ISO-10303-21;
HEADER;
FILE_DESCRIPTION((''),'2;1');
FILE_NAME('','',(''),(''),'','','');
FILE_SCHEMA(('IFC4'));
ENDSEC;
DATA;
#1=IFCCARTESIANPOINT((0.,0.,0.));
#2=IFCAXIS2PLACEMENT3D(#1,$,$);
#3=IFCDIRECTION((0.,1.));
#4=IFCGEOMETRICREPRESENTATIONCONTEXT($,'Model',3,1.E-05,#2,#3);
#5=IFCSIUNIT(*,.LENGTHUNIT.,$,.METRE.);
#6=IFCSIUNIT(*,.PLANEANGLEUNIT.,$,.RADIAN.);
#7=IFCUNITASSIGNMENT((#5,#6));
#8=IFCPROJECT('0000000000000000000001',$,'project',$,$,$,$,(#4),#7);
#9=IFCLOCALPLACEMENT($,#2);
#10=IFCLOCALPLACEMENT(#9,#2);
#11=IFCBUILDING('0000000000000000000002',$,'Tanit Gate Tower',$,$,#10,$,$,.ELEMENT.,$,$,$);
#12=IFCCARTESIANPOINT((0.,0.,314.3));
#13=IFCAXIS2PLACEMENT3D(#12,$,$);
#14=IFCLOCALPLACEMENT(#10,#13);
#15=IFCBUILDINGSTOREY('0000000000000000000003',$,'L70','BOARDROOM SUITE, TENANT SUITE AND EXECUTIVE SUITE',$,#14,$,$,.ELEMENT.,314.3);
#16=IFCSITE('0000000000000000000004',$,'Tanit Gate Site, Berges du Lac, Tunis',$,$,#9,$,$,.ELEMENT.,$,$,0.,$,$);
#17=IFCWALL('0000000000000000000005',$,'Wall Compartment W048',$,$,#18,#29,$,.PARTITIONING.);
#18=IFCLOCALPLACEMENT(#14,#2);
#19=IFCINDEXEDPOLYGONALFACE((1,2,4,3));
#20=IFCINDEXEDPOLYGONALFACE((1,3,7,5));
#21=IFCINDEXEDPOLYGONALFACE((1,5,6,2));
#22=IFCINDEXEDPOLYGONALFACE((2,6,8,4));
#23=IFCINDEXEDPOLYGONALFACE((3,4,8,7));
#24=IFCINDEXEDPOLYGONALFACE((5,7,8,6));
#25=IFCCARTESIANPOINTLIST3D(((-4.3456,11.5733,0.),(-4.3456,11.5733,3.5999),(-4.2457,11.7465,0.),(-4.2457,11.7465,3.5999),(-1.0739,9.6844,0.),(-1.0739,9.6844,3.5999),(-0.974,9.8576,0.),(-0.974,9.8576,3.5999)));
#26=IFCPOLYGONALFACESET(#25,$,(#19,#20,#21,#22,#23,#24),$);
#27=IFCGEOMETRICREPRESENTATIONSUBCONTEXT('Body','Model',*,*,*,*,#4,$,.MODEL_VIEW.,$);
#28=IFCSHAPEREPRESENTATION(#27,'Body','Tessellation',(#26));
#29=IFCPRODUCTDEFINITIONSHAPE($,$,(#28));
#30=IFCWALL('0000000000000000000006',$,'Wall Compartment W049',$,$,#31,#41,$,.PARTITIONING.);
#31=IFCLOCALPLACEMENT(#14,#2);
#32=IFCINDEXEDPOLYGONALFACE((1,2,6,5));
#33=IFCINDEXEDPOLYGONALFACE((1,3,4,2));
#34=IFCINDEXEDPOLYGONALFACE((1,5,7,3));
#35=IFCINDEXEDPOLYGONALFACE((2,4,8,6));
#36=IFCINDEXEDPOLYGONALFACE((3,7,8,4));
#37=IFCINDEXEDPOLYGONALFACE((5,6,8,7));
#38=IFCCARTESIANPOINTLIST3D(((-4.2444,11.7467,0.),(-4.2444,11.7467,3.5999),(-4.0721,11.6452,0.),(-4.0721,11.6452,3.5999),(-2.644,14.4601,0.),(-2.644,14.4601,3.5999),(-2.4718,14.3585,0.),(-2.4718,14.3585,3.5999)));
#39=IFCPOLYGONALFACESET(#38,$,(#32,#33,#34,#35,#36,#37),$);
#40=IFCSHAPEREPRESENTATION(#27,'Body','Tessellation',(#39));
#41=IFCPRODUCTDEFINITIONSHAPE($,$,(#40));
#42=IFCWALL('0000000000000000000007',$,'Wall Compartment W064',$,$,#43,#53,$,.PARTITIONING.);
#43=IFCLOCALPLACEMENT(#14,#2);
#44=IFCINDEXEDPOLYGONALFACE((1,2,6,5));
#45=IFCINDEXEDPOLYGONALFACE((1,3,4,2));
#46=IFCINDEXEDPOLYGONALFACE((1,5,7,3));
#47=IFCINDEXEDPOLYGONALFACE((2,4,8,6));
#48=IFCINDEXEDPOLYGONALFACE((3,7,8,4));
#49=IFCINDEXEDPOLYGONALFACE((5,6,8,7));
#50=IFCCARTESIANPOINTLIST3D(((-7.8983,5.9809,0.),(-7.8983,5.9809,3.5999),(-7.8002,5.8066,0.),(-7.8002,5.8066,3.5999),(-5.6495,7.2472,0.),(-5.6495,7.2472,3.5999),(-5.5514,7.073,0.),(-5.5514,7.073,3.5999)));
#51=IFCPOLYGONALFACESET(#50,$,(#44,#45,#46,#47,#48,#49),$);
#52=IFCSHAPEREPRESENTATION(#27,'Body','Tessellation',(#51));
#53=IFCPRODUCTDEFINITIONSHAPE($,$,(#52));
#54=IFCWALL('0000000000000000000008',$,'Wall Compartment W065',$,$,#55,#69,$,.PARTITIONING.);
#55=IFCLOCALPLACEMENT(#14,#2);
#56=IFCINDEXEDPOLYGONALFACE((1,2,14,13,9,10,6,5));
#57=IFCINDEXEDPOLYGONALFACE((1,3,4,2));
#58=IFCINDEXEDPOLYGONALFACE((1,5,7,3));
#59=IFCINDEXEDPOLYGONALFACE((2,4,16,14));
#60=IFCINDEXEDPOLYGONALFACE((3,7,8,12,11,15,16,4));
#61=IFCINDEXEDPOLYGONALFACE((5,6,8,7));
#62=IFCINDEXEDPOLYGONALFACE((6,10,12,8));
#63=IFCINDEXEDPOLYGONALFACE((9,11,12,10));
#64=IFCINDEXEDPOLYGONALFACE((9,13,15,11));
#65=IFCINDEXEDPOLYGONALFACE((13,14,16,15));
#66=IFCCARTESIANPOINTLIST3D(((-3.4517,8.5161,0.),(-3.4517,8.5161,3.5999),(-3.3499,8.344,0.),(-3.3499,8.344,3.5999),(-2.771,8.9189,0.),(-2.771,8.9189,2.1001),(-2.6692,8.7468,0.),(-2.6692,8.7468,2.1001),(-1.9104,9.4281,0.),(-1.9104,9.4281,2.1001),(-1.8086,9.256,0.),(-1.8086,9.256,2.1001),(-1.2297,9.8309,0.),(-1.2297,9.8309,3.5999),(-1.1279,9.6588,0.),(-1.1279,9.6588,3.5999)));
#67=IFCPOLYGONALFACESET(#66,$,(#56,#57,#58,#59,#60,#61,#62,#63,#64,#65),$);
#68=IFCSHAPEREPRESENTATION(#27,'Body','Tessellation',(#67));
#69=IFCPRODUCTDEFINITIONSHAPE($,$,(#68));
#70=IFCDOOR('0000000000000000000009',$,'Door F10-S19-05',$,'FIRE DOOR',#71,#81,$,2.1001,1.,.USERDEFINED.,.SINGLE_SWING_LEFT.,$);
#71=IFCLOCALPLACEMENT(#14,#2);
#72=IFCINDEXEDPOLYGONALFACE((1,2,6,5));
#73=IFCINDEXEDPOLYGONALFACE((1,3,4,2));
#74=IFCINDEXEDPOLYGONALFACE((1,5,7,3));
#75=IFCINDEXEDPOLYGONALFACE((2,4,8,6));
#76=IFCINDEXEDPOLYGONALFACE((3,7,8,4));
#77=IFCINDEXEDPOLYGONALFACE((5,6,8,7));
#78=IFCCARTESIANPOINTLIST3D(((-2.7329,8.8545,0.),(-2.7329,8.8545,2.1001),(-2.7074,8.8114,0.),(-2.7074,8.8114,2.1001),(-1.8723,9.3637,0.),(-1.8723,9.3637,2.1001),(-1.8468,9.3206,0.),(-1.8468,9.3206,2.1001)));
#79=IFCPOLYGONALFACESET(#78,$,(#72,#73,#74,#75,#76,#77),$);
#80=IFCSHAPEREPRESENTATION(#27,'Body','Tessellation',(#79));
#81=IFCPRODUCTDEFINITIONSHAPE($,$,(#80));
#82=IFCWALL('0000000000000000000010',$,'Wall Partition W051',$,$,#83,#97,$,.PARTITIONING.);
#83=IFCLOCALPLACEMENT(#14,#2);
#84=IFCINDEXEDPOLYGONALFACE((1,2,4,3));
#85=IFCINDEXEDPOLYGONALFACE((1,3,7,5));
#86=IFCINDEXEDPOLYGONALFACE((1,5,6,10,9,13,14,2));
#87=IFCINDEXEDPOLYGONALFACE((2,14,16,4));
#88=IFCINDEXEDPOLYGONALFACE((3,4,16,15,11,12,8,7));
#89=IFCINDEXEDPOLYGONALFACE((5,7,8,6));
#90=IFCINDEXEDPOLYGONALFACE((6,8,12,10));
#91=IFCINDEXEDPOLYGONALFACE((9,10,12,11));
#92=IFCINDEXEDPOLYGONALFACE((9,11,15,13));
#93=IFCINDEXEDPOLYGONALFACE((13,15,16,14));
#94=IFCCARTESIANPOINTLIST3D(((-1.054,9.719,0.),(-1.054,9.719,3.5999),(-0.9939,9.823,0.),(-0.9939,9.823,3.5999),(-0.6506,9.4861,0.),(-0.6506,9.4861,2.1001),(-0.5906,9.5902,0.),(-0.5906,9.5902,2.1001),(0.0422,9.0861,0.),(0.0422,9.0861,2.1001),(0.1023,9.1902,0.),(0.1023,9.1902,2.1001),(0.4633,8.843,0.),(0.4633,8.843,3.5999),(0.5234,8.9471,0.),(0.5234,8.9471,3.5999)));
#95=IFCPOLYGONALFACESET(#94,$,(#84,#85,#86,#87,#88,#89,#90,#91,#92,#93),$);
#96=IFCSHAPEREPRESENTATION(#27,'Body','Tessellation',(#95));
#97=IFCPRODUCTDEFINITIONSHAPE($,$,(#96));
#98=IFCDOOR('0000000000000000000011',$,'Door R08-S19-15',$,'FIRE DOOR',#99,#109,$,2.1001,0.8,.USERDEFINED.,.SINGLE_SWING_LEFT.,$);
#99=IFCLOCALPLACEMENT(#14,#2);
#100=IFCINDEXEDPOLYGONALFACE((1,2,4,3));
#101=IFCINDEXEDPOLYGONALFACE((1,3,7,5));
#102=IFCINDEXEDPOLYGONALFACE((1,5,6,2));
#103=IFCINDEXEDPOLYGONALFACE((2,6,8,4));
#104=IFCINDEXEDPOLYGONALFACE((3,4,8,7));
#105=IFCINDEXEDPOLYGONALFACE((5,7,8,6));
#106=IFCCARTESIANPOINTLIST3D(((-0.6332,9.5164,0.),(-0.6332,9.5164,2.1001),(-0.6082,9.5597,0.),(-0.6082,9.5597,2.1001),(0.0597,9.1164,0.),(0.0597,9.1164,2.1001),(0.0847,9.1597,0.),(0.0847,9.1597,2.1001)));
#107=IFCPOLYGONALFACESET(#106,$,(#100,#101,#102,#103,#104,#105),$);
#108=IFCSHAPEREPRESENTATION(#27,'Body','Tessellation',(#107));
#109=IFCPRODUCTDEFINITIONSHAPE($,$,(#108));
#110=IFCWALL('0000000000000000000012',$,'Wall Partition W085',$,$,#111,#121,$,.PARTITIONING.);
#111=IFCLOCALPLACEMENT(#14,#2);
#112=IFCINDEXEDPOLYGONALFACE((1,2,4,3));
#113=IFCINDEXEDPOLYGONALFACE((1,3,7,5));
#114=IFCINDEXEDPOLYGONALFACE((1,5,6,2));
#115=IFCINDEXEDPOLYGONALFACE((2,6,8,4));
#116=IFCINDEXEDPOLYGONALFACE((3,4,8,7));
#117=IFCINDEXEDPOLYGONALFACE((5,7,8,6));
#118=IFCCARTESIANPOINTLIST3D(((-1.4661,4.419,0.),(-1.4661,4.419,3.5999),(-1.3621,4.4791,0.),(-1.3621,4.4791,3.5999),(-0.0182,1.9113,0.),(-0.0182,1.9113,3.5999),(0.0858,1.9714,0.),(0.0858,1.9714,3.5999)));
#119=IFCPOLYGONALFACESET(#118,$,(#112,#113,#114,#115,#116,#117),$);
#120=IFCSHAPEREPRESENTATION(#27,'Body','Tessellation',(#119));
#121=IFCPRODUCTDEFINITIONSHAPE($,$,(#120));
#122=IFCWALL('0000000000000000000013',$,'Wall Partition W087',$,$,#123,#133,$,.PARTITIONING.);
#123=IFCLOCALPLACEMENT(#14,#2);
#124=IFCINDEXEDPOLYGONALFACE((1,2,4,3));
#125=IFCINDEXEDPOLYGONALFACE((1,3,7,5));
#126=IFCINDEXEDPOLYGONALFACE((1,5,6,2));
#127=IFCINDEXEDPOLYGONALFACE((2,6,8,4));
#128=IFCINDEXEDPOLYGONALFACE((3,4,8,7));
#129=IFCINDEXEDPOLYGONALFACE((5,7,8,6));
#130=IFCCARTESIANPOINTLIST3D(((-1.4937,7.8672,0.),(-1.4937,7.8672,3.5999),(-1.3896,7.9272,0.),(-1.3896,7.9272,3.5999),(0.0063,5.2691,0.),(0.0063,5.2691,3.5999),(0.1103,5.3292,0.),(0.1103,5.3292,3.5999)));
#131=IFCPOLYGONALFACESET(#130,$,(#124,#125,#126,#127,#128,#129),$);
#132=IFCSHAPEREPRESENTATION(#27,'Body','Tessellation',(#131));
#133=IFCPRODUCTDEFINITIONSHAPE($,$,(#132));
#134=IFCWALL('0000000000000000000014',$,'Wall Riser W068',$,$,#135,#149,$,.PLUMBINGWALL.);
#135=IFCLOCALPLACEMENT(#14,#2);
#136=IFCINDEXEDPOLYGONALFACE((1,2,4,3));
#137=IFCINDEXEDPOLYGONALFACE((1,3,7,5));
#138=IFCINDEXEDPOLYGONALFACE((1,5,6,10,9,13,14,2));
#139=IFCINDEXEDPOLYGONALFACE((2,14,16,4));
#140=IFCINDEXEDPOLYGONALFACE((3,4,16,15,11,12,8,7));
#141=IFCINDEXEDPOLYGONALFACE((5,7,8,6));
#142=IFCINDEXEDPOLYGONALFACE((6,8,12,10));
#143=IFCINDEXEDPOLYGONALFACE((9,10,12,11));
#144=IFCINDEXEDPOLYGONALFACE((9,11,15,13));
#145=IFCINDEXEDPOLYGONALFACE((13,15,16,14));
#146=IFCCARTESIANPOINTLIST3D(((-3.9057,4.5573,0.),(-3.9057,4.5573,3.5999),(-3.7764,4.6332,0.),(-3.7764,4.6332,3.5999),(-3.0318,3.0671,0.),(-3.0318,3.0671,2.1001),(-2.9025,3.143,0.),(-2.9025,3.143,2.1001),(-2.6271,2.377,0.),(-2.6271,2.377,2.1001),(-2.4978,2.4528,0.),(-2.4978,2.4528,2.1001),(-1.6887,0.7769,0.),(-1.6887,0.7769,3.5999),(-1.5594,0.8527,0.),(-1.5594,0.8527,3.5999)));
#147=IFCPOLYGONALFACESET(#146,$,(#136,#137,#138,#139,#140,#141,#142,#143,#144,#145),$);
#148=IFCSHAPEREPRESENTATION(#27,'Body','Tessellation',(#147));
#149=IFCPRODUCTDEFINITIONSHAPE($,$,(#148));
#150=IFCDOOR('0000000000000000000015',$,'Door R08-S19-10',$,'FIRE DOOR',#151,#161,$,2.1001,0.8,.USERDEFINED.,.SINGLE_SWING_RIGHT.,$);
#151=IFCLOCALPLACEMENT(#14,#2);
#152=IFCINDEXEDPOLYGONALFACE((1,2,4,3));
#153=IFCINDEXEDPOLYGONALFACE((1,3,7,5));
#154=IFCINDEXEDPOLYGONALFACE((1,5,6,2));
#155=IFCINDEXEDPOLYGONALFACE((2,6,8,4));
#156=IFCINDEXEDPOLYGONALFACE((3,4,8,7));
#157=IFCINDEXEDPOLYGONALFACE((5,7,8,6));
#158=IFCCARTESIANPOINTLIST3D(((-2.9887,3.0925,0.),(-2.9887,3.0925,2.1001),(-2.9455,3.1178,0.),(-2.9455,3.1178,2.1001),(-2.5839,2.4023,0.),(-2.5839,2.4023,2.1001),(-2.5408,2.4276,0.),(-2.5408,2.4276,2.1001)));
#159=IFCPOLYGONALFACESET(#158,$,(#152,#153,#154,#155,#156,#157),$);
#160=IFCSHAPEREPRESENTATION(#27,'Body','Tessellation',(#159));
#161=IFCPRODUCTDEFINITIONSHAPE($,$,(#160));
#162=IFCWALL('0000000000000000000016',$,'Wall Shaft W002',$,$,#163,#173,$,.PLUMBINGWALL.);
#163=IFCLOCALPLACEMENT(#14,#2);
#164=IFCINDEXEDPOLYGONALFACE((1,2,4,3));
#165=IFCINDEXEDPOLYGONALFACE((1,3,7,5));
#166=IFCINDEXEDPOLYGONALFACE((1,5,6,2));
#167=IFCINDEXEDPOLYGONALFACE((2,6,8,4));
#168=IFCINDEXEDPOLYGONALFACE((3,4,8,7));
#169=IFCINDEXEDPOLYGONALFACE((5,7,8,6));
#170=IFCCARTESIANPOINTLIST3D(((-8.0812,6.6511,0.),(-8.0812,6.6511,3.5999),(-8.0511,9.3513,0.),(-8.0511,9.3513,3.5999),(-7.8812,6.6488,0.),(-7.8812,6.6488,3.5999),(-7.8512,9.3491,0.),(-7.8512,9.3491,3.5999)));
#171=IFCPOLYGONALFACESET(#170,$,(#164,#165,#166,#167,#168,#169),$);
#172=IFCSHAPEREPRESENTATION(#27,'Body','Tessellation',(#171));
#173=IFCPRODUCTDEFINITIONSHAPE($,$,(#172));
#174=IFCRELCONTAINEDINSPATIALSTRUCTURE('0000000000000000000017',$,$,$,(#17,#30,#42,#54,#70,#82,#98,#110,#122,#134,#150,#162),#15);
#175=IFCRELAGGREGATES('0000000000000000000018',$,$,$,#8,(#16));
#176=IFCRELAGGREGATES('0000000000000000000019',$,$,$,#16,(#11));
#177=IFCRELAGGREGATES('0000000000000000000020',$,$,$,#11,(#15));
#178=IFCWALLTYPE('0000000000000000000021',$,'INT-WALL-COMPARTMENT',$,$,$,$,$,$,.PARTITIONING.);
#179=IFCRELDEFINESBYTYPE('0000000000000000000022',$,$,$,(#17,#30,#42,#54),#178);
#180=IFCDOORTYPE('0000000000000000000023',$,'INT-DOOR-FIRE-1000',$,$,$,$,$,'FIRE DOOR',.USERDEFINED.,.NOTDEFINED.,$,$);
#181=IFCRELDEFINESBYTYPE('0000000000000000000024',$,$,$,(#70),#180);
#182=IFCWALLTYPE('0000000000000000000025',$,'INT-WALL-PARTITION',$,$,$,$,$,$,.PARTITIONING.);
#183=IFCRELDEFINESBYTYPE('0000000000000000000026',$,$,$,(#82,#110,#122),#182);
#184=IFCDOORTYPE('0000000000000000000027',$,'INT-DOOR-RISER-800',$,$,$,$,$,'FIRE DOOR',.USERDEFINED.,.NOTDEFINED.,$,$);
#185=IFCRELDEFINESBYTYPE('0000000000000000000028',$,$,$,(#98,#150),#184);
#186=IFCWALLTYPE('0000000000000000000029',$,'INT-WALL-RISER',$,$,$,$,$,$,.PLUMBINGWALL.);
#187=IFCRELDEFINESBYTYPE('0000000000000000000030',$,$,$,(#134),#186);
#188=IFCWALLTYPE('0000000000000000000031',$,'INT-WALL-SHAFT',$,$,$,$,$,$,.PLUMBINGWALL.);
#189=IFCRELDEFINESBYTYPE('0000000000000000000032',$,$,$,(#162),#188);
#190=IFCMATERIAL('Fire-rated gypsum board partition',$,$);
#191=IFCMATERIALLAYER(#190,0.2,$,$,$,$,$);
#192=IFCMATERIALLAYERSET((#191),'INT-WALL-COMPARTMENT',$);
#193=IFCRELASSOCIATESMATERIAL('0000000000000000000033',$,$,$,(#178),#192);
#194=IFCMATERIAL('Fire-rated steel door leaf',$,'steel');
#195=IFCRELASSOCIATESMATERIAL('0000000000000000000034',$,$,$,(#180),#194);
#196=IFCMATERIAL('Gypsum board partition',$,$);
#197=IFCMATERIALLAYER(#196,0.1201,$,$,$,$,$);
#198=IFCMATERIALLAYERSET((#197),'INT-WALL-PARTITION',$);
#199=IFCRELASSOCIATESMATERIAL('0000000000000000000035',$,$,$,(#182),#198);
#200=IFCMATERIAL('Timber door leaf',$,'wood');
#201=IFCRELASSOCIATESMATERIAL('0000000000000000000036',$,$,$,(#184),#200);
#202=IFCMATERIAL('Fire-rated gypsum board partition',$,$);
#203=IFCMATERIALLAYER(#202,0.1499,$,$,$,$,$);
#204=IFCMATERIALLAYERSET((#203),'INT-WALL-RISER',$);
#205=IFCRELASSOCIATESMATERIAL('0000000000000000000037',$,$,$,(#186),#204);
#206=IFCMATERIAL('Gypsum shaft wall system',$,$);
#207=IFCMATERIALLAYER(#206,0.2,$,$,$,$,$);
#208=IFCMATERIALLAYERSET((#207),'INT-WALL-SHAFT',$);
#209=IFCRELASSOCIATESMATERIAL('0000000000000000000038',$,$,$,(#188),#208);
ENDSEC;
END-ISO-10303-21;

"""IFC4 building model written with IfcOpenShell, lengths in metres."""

from ifc_helpers import new_model, si_unit, direction, frame, frame_2d, origin, place, context, subcontext, project, spatial, rectangle, extrude, material, layer, layer_set, type_object, element, fill, save


model = new_model("IFC4")

# Units and contexts
model_context = context("Model", 3, precision=1e-05, world=origin(), true_north=direction((0.0, 1.0)))
body_context = subcontext(model_context, "Body", "Model", "MODEL_VIEW")
ifc_project = project(units=[si_unit("LENGTHUNIT", "METRE"), si_unit("PLANEANGLEUNIT", "RADIAN")], contexts=[model_context])

# Site, building, storey
site_placement = place(None, origin())
site = spatial("IfcSite", under=ifc_project, at=site_placement, Name="Tanit Gate Site, Berges du Lac, Tunis", CompositionType="ELEMENT", RefElevation=0.0)
building_placement = place(site_placement, origin())
building = spatial("IfcBuilding", under=site, at=building_placement, Name="Tanit Gate Tower", CompositionType="ELEMENT")
storey_placement = place(building_placement, frame((0.0, 0.0, 314.3)))
storey = spatial("IfcBuildingStorey", under=building, at=storey_placement, Name="L70", Description="BOARDROOM SUITE, TENANT SUITE AND EXECUTIVE SUITE", CompositionType="ELEMENT", Elevation=314.3)

# Walls
ifc_material_1 = material(Name="Fire-rated gypsum board partition")
ifc_layer_1 = layer(ifc_material_1, 0.2)
ifc_layer_set_1 = layer_set([ifc_layer_1], Name="INT-WALL-COMPARTMENT")
wall_type_1 = type_object("IfcWallType", Name="INT-WALL-COMPARTMENT", PredefinedType="PARTITIONING", material=ifc_layer_set_1)
wall_1_placement = place(storey_placement, frame((-4.2957, 11.6599, 0.0), z_axis=(0.0, 0.0, 1.0), x_axis=(0.866027, -0.499997, 0.0)))
element("IfcWall", 1, at=wall_1_placement, inside=storey, type_object=wall_type_1, Name="Wall Compartment W048", PredefinedType="PARTITIONING", context=body_context, shape_type="SweptSolid", body=[
    extrude(rectangle(XDim=3.7778, YDim=0.2, at=frame_2d((1.8889, 0.0))), origin(), (0.0, 0.0, 1.0), 3.5999),
])
wall_2_placement = place(storey_placement, frame((-2.5579, 14.4094, 0.0), z_axis=(0.0, 0.0, 1.0), x_axis=(-0.508019, -0.861346, 0.0)))
element("IfcWall", 2, at=wall_2_placement, inside=storey, type_object=wall_type_1, Name="Wall Compartment W049", PredefinedType="PARTITIONING", context=body_context, shape_type="SweptSolid", body=[
    extrude(rectangle(XDim=3.1501, YDim=0.2, at=frame_2d((1.5752, 0.0))), origin(), (0.0, 0.0, 1.0), 3.5999),
])
wall_3_placement = place(storey_placement, frame((-5.6003, 7.1602, 0.0), z_axis=(0.0, 0.0, 1.0), x_axis=(-0.87134, -0.490679, 0.0)))
element("IfcWall", 3, at=wall_3_placement, inside=storey, type_object=wall_type_1, Name="Wall Compartment W064", PredefinedType="PARTITIONING", context=body_context, shape_type="SweptSolid", body=[
    extrude(rectangle(XDim=2.5808, YDim=0.2, at=frame_2d((1.2905, 0.0))), origin(), (0.0, 0.0, 1.0), 3.5999),
])

# Walls, openings, doors
wall_4_placement = place(storey_placement, frame((-1.1787, 9.7449, 0.0), z_axis=(0.0, 0.0, 1.0), x_axis=(-0.860631, -0.509229, 0.0)))
wall_4 = element("IfcWall", 4, at=wall_4_placement, inside=storey, type_object=wall_type_1, Name="Wall Compartment W065", PredefinedType="PARTITIONING", context=body_context, shape_type="SweptSolid", body=[
    extrude(rectangle(XDim=2.5818, YDim=0.2, at=frame_2d((1.291, 0.0))), origin(), (0.0, 0.0, 1.0), 3.5999),
])
opening_1_placement = place(wall_4_placement, frame((0.791, 0.0, 0.0)))
opening_1 = element("IfcOpeningElement", 5, at=opening_1_placement, cuts=wall_4, PredefinedType="OPENING", context=body_context, shape_type="SweptSolid", body=[
    extrude(rectangle(XDim=1.0, YDim=2.1001, at=frame_2d((0.5, 1.05))), frame((0.0, 0.1099, 0.0), z_axis=(0.0, -1.0, 0.0), x_axis=(1.0, 0.0, 0.0)), (0.0, 0.0, 1.0), 0.22),
])
ifc_material_2 = material(Name="Fire-rated steel door leaf", Category="steel")
door_type_1 = type_object("IfcDoorType", Name="INT-DOOR-FIRE-1000", ElementType="FIRE DOOR", OperationType="NOTDEFINED", PredefinedType="USERDEFINED", material=ifc_material_2)
door_1_placement = place(opening_1_placement, origin())
door_1 = element("IfcDoor", 6, at=door_1_placement, inside=storey, type_object=door_type_1, Name="Door F10-S19-05", ObjectType="FIRE DOOR", OperationType="SINGLE_SWING_LEFT", OverallHeight=2.1001, OverallWidth=1.0, PredefinedType="USERDEFINED", context=body_context, shape_type="SweptSolid", body=[
    extrude(rectangle(XDim=1.0, YDim=2.1001, at=frame_2d((0.5, 1.05))), frame((0.0, 0.0249, 0.0), z_axis=(0.0, -1.0, 0.0), x_axis=(1.0, 0.0, 0.0)), (0.0, 0.0, 1.0), 0.05),
])
fill(opening_1, door_1)
ifc_material_3 = material(Name="Gypsum board partition")
ifc_layer_2 = layer(ifc_material_3, 0.1201)
ifc_layer_set_2 = layer_set([ifc_layer_2], Name="INT-WALL-PARTITION")
wall_type_2 = type_object("IfcWallType", Name="INT-WALL-PARTITION", PredefinedType="PARTITIONING", material=ifc_layer_set_2)
wall_5_placement = place(storey_placement, frame((-1.0239, 9.771, 0.0), z_axis=(0.0, 0.0, 1.0), x_axis=(0.866039, -0.499976, 0.0)))
wall_5 = element("IfcWall", 7, at=wall_5_placement, inside=storey, type_object=wall_type_2, Name="Wall Partition W051", PredefinedType="PARTITIONING", context=body_context, shape_type="SweptSolid", body=[
    extrude(rectangle(XDim=1.752, YDim=0.1201, at=frame_2d((0.876, 0.0))), origin(), (0.0, 0.0, 1.0), 3.5999),
])
opening_2_placement = place(wall_5_placement, frame((0.4658, 0.0, 0.0)))
opening_2 = element("IfcOpeningElement", 8, at=opening_2_placement, cuts=wall_5, PredefinedType="OPENING", context=body_context, shape_type="SweptSolid", body=[
    extrude(rectangle(XDim=0.8, YDim=2.1001, at=frame_2d((0.3999, 1.05))), frame((0.0, 0.0701, 0.0), z_axis=(0.0, -1.0, 0.0), x_axis=(1.0, 0.0, 0.0)), (0.0, 0.0, 1.0), 0.1401),
])
ifc_material_4 = material(Name="Timber door leaf", Category="wood")
door_type_2 = type_object("IfcDoorType", Name="INT-DOOR-RISER-800", ElementType="FIRE DOOR", OperationType="NOTDEFINED", PredefinedType="USERDEFINED", material=ifc_material_4)
door_2_placement = place(opening_2_placement, origin())
door_2 = element("IfcDoor", 9, at=door_2_placement, inside=storey, type_object=door_type_2, Name="Door R08-S19-15", ObjectType="FIRE DOOR", OperationType="SINGLE_SWING_LEFT", OverallHeight=2.1001, OverallWidth=0.8, PredefinedType="USERDEFINED", context=body_context, shape_type="SweptSolid", body=[
    extrude(rectangle(XDim=0.8, YDim=2.1001, at=frame_2d((0.3999, 1.05))), frame((0.0, 0.0249, 0.0), z_axis=(0.0, -1.0, 0.0), x_axis=(1.0, 0.0, 0.0)), (0.0, 0.0, 1.0), 0.05),
])
fill(opening_2, door_2)

# Walls
wall_6_placement = place(storey_placement, frame((-1.4141, 4.449, 0.0), z_axis=(0.0, 0.0, 1.0), x_axis=(0.500029, -0.866009, 0.0)))
element("IfcWall", 10, at=wall_6_placement, inside=storey, type_object=wall_type_2, Name="Wall Partition W085", PredefinedType="PARTITIONING", context=body_context, shape_type="SweptSolid", body=[
    extrude(rectangle(XDim=2.8958, YDim=0.1201, at=frame_2d((1.4478, 0.0))), origin(), (0.0, 0.0, 1.0), 3.5999),
])
wall_7_placement = place(storey_placement, frame((-1.4417, 7.8972, 0.0), z_axis=(0.0, 0.0, 1.0), x_axis=(0.49999, -0.866031, 0.0)))
element("IfcWall", 11, at=wall_7_placement, inside=storey, type_object=wall_type_2, Name="Wall Partition W087", PredefinedType="PARTITIONING", context=body_context, shape_type="SweptSolid", body=[
    extrude(rectangle(XDim=3.0, YDim=0.1201, at=frame_2d((1.5, 0.0))), origin(), (0.0, 0.0, 1.0), 3.5999),
])

# Wall, opening, door
ifc_material_5 = material(Name="Fire-rated gypsum board partition")
ifc_layer_3 = layer(ifc_material_5, 0.1499)
ifc_layer_set_3 = layer_set([ifc_layer_3], Name="INT-WALL-RISER")
wall_type_3 = type_object("IfcWallType", Name="INT-WALL-RISER", PredefinedType="PLUMBINGWALL", material=ifc_layer_set_3)
wall_8_placement = place(storey_placement, frame((-1.624, 0.8147, 0.0), z_axis=(0.0, 0.0, 1.0), x_axis=(-0.505868, 0.862611, 0.0)))
wall_8 = element("IfcWall", 12, at=wall_8_placement, inside=storey, type_object=wall_type_3, Name="Wall Riser W068", PredefinedType="PLUMBINGWALL", context=body_context, shape_type="SweptSolid", body=[
    extrude(rectangle(XDim=4.3826, YDim=0.1499, at=frame_2d((2.1914, 0.0))), origin(), (0.0, 0.0, 1.0), 3.5999),
])
opening_3_placement = place(wall_8_placement, frame((1.8552, 0.0, 0.0)))
opening_3 = element("IfcOpeningElement", 13, at=opening_3_placement, cuts=wall_8, PredefinedType="OPENING", context=body_context, shape_type="SweptSolid", body=[
    extrude(rectangle(XDim=0.8, YDim=2.1001, at=frame_2d((0.3999, 1.05))), frame((0.0, 0.085, 0.0), z_axis=(0.0, -1.0, 0.0), x_axis=(1.0, 0.0, 0.0)), (0.0, 0.0, 1.0), 0.1699),
])
door_3_placement = place(opening_3_placement, origin())
door_3 = element("IfcDoor", 14, at=door_3_placement, inside=storey, type_object=door_type_2, Name="Door R08-S19-10", ObjectType="FIRE DOOR", OperationType="SINGLE_SWING_RIGHT", OverallHeight=2.1001, OverallWidth=0.8, PredefinedType="USERDEFINED", context=body_context, shape_type="SweptSolid", body=[
    extrude(rectangle(XDim=0.8, YDim=2.1001, at=frame_2d((0.3999, 1.05))), frame((0.0, 0.0249, 0.0), z_axis=(0.0, -1.0, 0.0), x_axis=(1.0, 0.0, 0.0)), (0.0, 0.0, 1.0), 0.05),
])
fill(opening_3, door_3)

# Wall
ifc_material_6 = material(Name="Gypsum shaft wall system")
ifc_layer_4 = layer(ifc_material_6, 0.2)
ifc_layer_set_4 = layer_set([ifc_layer_4], Name="INT-WALL-SHAFT")
wall_type_4 = type_object("IfcWallType", Name="INT-WALL-SHAFT", PredefinedType="PLUMBINGWALL", material=ifc_layer_set_4)
wall_9_placement = place(storey_placement, frame((-7.9512, 9.3501, 0.0), z_axis=(0.0, 0.0, 1.0), x_axis=(-0.01112, -0.999938, 0.0)))
element("IfcWall", 15, at=wall_9_placement, inside=storey, type_object=wall_type_4, Name="Wall Shaft W002", PredefinedType="PLUMBINGWALL", context=body_context, shape_type="SweptSolid", body=[
    extrude(rectangle(XDim=2.7004, YDim=0.2, at=frame_2d((1.3501, 0.0))), origin(), (0.0, 0.0, 1.0), 3.5999),
])

save(model, "model.ifc")
